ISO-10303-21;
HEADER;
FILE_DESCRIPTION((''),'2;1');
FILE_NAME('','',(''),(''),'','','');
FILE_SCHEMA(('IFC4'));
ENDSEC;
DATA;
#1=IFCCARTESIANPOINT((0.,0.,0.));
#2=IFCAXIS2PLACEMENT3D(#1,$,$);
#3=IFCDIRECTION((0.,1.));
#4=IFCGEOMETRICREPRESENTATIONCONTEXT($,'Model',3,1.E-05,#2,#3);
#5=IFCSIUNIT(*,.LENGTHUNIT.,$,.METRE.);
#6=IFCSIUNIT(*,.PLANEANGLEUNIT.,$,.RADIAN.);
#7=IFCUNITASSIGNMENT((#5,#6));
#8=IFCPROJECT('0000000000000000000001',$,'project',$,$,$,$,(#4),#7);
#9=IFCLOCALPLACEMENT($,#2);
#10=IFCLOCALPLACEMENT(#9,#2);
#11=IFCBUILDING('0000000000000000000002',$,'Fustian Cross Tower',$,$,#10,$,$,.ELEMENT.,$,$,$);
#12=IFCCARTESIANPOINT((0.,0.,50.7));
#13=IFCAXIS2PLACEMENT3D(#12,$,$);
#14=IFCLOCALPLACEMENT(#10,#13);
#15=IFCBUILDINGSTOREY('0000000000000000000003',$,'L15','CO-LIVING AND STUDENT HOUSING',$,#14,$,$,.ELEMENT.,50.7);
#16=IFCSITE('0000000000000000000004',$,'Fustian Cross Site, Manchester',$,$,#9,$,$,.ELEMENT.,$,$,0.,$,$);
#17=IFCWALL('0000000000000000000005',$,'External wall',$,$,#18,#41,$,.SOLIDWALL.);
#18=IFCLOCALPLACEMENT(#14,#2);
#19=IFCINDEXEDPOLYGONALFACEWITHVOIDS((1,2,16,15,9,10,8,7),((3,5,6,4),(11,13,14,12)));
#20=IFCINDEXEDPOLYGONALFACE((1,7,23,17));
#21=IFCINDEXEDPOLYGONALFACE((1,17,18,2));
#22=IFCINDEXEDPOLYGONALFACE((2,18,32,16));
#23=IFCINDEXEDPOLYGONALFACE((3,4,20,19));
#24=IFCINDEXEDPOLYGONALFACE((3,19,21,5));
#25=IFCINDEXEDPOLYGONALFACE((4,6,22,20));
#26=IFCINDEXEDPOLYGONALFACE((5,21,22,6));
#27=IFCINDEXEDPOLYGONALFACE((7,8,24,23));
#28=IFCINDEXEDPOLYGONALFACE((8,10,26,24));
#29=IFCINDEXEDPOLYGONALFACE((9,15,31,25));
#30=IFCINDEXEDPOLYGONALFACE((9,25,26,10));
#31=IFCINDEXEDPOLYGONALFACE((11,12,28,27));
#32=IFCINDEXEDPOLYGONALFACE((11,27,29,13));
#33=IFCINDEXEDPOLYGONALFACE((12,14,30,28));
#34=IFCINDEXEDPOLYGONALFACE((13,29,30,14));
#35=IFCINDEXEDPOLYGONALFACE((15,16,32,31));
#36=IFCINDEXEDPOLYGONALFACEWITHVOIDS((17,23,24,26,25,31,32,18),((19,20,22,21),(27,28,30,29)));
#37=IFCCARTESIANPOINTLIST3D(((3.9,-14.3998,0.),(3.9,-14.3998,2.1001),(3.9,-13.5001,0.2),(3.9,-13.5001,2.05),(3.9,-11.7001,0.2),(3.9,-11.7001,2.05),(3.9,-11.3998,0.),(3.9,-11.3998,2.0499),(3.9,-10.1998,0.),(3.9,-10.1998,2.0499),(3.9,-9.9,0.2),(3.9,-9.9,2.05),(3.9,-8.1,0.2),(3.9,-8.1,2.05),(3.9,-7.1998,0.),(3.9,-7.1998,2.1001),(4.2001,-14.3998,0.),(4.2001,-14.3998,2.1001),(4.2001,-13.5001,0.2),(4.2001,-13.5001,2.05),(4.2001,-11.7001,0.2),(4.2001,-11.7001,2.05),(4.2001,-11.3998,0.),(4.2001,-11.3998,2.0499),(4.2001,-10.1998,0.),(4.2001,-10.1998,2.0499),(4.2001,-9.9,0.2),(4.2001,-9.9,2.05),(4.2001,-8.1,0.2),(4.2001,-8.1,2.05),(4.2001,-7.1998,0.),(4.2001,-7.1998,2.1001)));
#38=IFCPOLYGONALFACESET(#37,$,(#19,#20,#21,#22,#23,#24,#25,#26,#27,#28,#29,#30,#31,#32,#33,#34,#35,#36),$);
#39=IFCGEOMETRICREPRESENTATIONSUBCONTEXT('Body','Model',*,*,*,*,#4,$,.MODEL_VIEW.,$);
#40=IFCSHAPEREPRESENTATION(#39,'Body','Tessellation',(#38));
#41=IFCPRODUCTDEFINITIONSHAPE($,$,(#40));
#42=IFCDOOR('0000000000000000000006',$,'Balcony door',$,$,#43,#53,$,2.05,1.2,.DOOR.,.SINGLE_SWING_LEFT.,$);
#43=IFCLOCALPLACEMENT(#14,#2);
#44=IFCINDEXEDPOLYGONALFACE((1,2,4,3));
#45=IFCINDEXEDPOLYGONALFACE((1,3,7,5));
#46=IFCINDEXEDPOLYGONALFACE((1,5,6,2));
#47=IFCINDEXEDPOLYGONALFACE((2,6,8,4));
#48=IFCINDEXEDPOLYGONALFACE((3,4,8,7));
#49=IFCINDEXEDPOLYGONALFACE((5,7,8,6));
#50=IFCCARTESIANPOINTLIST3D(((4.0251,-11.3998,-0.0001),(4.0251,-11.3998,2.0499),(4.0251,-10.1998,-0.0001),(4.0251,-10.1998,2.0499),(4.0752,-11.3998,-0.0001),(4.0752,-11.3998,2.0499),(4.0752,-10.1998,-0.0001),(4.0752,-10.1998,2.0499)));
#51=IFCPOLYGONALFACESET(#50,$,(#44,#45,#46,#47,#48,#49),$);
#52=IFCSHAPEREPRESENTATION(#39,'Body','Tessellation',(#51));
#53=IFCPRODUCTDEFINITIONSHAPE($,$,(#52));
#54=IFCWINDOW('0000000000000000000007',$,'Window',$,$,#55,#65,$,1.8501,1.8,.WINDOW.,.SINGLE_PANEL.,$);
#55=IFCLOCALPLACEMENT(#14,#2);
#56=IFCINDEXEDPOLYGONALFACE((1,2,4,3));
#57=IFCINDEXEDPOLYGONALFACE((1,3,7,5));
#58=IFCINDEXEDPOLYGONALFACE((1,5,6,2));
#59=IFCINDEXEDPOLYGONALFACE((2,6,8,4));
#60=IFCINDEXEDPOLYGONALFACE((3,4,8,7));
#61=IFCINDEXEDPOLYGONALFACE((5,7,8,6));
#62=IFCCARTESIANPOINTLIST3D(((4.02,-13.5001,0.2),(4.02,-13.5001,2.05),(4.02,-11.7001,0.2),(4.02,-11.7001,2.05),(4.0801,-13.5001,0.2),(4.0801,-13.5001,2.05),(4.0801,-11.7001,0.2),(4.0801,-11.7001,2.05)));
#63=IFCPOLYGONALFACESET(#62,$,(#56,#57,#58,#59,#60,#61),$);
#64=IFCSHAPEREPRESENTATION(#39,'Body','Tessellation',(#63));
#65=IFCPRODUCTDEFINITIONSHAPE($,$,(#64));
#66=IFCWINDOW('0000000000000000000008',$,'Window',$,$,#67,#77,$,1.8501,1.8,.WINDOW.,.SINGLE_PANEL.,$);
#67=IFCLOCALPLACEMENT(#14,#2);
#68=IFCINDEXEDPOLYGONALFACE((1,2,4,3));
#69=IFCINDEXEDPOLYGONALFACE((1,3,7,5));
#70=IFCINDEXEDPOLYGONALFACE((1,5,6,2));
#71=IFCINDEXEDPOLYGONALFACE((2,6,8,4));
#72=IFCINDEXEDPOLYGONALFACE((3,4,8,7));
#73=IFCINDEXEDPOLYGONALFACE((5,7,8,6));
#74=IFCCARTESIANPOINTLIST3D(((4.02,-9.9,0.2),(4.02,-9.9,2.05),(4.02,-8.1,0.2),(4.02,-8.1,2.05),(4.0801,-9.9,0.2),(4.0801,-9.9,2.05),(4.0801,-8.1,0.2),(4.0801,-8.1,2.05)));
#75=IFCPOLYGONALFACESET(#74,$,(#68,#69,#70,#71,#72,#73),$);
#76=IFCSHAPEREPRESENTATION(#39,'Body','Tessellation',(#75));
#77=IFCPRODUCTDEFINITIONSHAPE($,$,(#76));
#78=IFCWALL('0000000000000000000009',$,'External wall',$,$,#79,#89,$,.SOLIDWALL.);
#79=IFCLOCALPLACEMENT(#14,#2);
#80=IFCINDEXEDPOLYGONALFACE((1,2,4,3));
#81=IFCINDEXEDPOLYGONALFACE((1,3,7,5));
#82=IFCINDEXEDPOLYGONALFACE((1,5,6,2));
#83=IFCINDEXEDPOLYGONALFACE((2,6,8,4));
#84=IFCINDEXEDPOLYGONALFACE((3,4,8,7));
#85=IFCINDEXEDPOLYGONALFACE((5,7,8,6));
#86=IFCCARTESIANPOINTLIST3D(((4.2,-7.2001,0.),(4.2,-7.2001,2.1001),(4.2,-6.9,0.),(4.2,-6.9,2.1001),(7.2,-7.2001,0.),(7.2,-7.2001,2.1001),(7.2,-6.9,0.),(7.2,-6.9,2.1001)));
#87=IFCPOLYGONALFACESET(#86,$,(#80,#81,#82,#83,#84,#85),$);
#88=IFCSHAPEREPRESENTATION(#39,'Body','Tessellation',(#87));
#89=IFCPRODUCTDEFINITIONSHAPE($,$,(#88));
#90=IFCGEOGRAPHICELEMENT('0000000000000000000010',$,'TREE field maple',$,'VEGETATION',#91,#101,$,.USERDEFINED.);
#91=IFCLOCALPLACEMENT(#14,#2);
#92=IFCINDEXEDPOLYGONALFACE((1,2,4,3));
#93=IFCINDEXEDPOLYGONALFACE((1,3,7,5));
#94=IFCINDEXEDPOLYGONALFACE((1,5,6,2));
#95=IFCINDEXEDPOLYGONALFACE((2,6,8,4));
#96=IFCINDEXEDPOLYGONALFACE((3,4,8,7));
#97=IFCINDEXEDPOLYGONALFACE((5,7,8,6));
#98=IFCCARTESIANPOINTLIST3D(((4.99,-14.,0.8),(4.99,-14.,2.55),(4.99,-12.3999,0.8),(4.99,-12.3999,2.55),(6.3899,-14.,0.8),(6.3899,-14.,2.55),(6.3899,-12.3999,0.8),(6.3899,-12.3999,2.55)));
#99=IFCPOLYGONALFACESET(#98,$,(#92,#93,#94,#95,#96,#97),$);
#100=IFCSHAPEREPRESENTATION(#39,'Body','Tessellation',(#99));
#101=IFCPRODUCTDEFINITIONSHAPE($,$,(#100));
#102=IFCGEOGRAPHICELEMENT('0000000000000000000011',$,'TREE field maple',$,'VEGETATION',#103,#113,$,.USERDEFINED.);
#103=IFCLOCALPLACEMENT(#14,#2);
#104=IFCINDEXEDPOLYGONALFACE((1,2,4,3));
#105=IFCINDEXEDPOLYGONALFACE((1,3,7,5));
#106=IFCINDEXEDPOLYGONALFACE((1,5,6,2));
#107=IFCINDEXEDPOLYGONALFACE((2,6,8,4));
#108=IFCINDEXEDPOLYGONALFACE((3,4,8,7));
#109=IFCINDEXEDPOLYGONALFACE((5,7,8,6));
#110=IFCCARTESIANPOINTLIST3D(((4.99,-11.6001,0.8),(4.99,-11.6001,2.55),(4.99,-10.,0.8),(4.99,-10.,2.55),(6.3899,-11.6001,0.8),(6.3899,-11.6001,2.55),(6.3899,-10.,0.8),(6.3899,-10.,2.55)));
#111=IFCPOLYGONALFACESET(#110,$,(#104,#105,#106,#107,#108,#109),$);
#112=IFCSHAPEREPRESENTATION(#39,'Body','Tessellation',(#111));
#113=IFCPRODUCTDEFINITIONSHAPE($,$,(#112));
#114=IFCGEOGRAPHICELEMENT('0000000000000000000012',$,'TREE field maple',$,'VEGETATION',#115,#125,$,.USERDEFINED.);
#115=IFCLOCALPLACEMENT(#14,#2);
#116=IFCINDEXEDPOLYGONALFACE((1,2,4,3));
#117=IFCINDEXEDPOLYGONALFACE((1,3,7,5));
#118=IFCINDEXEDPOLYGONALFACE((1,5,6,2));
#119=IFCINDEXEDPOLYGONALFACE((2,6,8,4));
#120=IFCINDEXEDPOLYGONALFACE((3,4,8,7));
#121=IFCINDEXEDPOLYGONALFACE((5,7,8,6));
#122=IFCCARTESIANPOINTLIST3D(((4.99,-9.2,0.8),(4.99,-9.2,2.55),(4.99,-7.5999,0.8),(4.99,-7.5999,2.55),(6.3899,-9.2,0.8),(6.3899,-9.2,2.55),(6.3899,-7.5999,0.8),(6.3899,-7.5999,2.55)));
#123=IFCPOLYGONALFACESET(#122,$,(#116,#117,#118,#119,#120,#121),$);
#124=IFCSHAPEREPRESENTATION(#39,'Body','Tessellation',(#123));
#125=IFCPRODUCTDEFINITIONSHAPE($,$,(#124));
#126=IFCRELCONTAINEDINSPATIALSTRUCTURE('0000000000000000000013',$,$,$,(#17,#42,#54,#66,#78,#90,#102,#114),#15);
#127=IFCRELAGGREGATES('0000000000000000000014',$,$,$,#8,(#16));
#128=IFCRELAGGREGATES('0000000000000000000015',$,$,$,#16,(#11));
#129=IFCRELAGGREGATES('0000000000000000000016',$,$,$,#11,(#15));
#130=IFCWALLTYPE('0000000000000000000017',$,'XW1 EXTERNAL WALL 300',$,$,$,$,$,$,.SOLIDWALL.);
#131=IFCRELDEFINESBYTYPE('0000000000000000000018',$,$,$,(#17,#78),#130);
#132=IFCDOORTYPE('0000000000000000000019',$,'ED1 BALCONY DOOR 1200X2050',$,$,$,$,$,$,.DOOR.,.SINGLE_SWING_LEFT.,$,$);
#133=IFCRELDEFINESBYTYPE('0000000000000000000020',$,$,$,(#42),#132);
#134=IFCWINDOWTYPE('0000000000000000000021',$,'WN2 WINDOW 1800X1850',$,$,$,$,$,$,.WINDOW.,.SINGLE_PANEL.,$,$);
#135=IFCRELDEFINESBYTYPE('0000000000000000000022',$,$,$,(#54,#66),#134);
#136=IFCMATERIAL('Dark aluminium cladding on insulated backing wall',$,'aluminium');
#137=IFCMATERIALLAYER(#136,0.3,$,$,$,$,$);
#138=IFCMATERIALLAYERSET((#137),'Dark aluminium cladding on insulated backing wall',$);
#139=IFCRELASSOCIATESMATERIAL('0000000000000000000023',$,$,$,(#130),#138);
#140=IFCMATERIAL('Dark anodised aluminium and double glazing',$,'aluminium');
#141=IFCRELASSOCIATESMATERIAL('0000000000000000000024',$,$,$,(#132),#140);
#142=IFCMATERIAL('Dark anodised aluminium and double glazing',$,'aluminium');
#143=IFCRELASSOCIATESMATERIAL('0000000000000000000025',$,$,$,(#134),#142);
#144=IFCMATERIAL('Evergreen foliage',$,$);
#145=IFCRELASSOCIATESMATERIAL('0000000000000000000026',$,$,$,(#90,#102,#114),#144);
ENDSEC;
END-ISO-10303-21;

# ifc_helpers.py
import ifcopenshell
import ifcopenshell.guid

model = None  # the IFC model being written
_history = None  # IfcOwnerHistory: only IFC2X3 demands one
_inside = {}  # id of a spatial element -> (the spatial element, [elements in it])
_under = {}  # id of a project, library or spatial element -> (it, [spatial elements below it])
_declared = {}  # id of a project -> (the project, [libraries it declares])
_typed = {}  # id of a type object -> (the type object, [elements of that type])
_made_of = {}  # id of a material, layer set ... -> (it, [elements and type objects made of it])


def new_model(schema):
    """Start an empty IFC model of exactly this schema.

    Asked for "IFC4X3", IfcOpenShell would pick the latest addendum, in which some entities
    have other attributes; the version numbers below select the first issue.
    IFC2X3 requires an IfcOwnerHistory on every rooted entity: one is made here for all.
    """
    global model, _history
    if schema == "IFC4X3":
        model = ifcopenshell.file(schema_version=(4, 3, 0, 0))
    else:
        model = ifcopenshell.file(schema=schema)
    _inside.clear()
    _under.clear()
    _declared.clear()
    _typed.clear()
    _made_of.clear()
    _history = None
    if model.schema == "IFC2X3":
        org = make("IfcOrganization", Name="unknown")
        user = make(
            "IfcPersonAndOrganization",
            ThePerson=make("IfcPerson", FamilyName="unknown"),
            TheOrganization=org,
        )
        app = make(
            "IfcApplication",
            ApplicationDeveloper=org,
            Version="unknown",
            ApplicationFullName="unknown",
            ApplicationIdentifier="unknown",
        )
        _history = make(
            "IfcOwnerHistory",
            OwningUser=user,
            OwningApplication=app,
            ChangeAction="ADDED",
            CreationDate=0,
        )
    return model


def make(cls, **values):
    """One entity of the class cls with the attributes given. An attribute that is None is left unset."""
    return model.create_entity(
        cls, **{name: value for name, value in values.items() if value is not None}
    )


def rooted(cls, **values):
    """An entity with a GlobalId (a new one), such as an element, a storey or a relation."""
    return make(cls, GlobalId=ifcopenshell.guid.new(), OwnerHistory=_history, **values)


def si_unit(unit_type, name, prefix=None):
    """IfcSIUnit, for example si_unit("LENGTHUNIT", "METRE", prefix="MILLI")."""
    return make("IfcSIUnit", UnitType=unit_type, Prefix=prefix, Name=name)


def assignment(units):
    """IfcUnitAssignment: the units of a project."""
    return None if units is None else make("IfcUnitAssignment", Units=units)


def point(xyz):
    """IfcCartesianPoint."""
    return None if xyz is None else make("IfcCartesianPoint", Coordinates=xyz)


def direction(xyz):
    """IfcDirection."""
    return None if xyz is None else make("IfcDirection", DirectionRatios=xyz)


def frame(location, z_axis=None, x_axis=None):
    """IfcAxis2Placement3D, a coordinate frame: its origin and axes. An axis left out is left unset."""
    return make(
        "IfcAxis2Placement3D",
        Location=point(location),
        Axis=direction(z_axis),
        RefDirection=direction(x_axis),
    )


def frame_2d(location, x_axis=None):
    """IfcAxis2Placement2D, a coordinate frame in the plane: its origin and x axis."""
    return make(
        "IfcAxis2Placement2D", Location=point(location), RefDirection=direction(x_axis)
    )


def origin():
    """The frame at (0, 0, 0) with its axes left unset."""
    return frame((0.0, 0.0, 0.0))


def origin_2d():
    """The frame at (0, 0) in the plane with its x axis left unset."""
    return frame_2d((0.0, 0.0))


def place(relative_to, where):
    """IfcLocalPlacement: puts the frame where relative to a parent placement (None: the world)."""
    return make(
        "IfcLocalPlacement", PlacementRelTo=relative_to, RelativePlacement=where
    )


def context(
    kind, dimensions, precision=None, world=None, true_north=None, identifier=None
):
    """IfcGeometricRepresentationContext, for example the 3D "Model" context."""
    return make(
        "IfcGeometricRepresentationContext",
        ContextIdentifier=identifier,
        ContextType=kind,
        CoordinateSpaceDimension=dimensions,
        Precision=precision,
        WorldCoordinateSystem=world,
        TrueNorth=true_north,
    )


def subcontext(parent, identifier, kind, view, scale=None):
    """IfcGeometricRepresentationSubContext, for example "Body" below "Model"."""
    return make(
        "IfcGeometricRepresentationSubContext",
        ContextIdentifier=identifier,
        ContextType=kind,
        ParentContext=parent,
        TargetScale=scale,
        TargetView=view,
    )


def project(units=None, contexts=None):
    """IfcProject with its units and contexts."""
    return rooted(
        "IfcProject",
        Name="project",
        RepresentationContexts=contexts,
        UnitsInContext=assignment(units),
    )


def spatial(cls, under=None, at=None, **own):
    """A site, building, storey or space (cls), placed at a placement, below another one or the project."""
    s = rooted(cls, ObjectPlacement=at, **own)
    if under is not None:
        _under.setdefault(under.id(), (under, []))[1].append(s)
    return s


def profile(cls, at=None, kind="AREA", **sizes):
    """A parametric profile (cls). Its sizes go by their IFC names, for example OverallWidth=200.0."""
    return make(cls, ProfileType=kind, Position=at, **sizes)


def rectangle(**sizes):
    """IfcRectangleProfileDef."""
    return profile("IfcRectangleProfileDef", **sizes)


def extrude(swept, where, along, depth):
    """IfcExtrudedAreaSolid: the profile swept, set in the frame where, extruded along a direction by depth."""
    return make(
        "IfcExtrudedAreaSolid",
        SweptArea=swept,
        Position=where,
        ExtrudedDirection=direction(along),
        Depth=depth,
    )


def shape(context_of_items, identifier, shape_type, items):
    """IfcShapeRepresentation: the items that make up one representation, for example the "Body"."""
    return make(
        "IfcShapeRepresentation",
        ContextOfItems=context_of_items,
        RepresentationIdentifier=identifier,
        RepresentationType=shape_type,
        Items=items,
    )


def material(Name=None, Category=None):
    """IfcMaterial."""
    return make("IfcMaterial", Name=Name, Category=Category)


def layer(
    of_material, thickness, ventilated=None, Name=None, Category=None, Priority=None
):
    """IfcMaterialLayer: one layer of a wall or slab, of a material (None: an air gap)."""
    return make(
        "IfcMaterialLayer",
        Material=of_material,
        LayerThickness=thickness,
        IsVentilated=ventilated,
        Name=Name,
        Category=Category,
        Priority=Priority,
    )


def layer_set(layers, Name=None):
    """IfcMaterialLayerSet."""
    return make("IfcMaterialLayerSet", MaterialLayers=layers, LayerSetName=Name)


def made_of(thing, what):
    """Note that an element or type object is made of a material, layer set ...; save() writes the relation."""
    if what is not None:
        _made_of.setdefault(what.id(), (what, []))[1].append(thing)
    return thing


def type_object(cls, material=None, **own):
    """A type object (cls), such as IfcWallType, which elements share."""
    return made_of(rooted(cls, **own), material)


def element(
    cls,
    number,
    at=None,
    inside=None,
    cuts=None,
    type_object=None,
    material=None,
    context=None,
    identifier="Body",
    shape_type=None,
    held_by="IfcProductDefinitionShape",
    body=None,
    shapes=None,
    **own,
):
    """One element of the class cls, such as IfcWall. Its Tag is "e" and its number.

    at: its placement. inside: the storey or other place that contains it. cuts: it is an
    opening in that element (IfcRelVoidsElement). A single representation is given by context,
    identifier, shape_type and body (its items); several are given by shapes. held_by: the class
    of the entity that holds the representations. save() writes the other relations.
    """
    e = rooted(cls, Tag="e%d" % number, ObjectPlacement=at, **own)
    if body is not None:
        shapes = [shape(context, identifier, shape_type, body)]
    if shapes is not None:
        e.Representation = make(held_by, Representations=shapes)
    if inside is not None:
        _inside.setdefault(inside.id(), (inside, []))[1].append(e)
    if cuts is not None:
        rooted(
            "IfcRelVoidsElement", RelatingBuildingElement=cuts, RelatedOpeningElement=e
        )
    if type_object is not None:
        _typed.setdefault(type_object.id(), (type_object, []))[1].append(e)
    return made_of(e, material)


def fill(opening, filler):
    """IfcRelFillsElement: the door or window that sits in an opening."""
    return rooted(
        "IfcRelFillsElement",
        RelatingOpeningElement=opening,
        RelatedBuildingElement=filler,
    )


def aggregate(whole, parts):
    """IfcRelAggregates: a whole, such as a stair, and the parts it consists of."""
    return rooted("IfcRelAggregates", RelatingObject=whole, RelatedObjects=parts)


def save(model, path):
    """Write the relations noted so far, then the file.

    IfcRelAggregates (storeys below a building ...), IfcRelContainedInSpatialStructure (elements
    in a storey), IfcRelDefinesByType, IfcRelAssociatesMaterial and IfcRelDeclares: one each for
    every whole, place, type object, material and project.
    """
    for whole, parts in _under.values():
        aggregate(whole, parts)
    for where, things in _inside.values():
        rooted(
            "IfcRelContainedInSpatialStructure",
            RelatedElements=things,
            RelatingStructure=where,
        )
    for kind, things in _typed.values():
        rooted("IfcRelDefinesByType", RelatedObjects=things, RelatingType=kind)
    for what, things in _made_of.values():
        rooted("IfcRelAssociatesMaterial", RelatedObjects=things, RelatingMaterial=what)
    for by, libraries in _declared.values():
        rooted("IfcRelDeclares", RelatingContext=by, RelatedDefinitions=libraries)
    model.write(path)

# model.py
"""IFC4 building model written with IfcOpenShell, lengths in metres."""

from ifc_helpers import new_model, si_unit, direction, frame, frame_2d, origin, origin_2d, place, context, subcontext, project, spatial, rectangle, extrude, material, layer, layer_set, type_object, element, fill, save


model = new_model("IFC4")

# Units and contexts
model_context = context("Model", 3, precision=1e-05, world=origin(), true_north=direction((0.0, 1.0)))
body_context = subcontext(model_context, "Body", "Model", "MODEL_VIEW")
ifc_project = project(units=[si_unit("LENGTHUNIT", "METRE"), si_unit("PLANEANGLEUNIT", "RADIAN")], contexts=[model_context])

# Site, building, storey
site_placement = place(None, origin())
site = spatial("IfcSite", under=ifc_project, at=site_placement, Name="Fustian Cross Site, Manchester", CompositionType="ELEMENT", RefElevation=0.0)
building_placement = place(site_placement, origin())
building = spatial("IfcBuilding", under=site, at=building_placement, Name="Fustian Cross Tower", CompositionType="ELEMENT")
storey_placement = place(building_placement, frame((0.0, 0.0, 50.7)))
storey = spatial("IfcBuildingStorey", under=building, at=storey_placement, Name="L15", Description="CO-LIVING AND STUDENT HOUSING", CompositionType="ELEMENT", Elevation=50.7)

# Shared definitions
ifc_material_1 = material(Name="Dark aluminium cladding on insulated backing wall", Category="aluminium")
ifc_layer_1 = layer(ifc_material_1, 0.3)
ifc_layer_set_1 = layer_set([ifc_layer_1], Name="Dark aluminium cladding on insulated backing wall")
wall_type_1 = type_object("IfcWallType", Name="XW1 EXTERNAL WALL 300", PredefinedType="SOLIDWALL", material=ifc_layer_set_1)

# Wall, openings, door, windows
wall_1_placement = place(storey_placement, frame((4.05, -14.3999, 0.0), z_axis=(0.0, 0.0, 1.0), x_axis=(0.0, 1.0, 0.0)))
wall_1 = element("IfcWall", 1, at=wall_1_placement, inside=storey, type_object=wall_type_1, Name="External wall", PredefinedType="SOLIDWALL", context=body_context, shape_type="SweptSolid", body=[
    extrude(rectangle(XDim=7.2, YDim=0.3, at=frame_2d((3.6001, 0.0))), origin(), (0.0, 0.0, 1.0), 2.1001),
])
opening_1_placement = place(wall_1_placement, frame((3.0, 0.0, 0.0)))
opening_1 = element("IfcOpeningElement", 2, at=opening_1_placement, cuts=wall_1, PredefinedType="OPENING", context=body_context, shape_type="SweptSolid", body=[
    extrude(rectangle(XDim=1.2, YDim=2.05, at=frame_2d((0.6001, 1.0249))), frame((0.0, 0.1599, 0.0), z_axis=(0.0, -1.0, 0.0), x_axis=(1.0, 0.0, 0.0)), (0.0, 0.0, 1.0), 0.3201),
])
opening_2_placement = place(wall_1_placement, frame((0.8999, 0.0, 0.2)))
opening_2 = element("IfcOpeningElement", 3, at=opening_2_placement, cuts=wall_1, PredefinedType="OPENING", context=body_context, shape_type="SweptSolid", body=[
    extrude(rectangle(XDim=1.8, YDim=1.8501, at=frame_2d((0.8999, 0.925))), frame((0.0, 0.1599, 0.0), z_axis=(0.0, -1.0, 0.0), x_axis=(1.0, 0.0, 0.0)), (0.0, 0.0, 1.0), 0.3201),
])
opening_3_placement = place(wall_1_placement, frame((4.5, 0.0, 0.2)))
opening_3 = element("IfcOpeningElement", 4, at=opening_3_placement, cuts=wall_1, PredefinedType="OPENING", context=body_context, shape_type="SweptSolid", body=[
    extrude(rectangle(XDim=1.8, YDim=1.8501, at=frame_2d((0.8999, 0.925))), frame((0.0, 0.1599, 0.0), z_axis=(0.0, -1.0, 0.0), x_axis=(1.0, 0.0, 0.0)), (0.0, 0.0, 1.0), 0.3201),
])
ifc_material_2 = material(Name="Dark anodised aluminium and double glazing", Category="aluminium")
door_type_1 = type_object("IfcDoorType", Name="ED1 BALCONY DOOR 1200X2050", OperationType="SINGLE_SWING_LEFT", PredefinedType="DOOR", material=ifc_material_2)
door_1_placement = place(opening_1_placement, origin())
door_1 = element("IfcDoor", 5, at=door_1_placement, inside=storey, type_object=door_type_1, Name="Balcony door", OperationType="SINGLE_SWING_LEFT", OverallHeight=2.05, OverallWidth=1.2, PredefinedType="DOOR", context=body_context, shape_type="SweptSolid", body=[
    extrude(rectangle(XDim=1.2, YDim=2.05, at=frame_2d((0.6001, 1.0249))), frame((0.0, 0.0249, 0.0), z_axis=(0.0, -1.0, 0.0), x_axis=(1.0, 0.0, 0.0)), (0.0, 0.0, 1.0), 0.05),
])
fill(opening_1, door_1)
ifc_material_3 = material(Name="Dark anodised aluminium and double glazing", Category="aluminium")
window_type = type_object("IfcWindowType", Name="WN2 WINDOW 1800X1850", PartitioningType="SINGLE_PANEL", PredefinedType="WINDOW", material=ifc_material_3)
window_1_placement = place(opening_2_placement, origin())
window_1 = element("IfcWindow", 6, at=window_1_placement, inside=storey, type_object=window_type, Name="Window", OverallHeight=1.8501, OverallWidth=1.8, PartitioningType="SINGLE_PANEL", PredefinedType="WINDOW", context=body_context, shape_type="SweptSolid", body=[
    extrude(rectangle(XDim=1.8, YDim=1.8501, at=frame_2d((0.8999, 0.925))), frame((0.0, 0.03, 0.0), z_axis=(0.0, -1.0, 0.0), x_axis=(1.0, 0.0, 0.0)), (0.0, 0.0, 1.0), 0.0601),
])
fill(opening_2, window_1)
window_2_placement = place(opening_3_placement, origin())
window_2 = element("IfcWindow", 7, at=window_2_placement, inside=storey, type_object=window_type, Name="Window", OverallHeight=1.8501, OverallWidth=1.8, PartitioningType="SINGLE_PANEL", PredefinedType="WINDOW", context=body_context, shape_type="SweptSolid", body=[
    extrude(rectangle(XDim=1.8, YDim=1.8501, at=frame_2d((0.8999, 0.925))), frame((0.0, 0.03, 0.0), z_axis=(0.0, -1.0, 0.0), x_axis=(1.0, 0.0, 0.0)), (0.0, 0.0, 1.0), 0.0601),
])
fill(opening_3, window_2)

# Wall
wall_2_placement = place(storey_placement, frame((4.2, -7.05, 0.0), z_axis=(0.0, 0.0, 1.0), x_axis=(1.0, 0.0, 0.0)))
element("IfcWall", 8, at=wall_2_placement, inside=storey, type_object=wall_type_1, Name="External wall", PredefinedType="SOLIDWALL", context=body_context, shape_type="SweptSolid", body=[
    extrude(rectangle(XDim=3.0, YDim=0.3, at=frame_2d((1.5, 0.0))), origin(), (0.0, 0.0, 1.0), 2.1001),
])

# Geographic elements
ifc_material_4 = material(Name="Evergreen foliage")
for number, where, z_axis, x_axis, name in (
    (9, (5.6899, -13.2, 0.8), (0.0, 0.0, 1.0), (1.0, 0.0, 0.0), "TREE field maple"),
    (10, (5.6899, -10.8, 0.8), (0.0, 0.0, 1.0), (1.0, 0.0, 0.0), "TREE field maple"),
    (11, (5.6899, -8.3999, 0.8), (0.0, 0.0, 1.0), (1.0, 0.0, 0.0), "TREE field maple"),
):
    element("IfcGeographicElement", number, at=place(storey_placement, frame(where, z_axis=z_axis, x_axis=x_axis)), inside=storey, material=ifc_material_4, Name=name, ObjectType="VEGETATION", PredefinedType="USERDEFINED", context=body_context, shape_type="SweptSolid", body=[
        extrude(rectangle(XDim=1.3999, YDim=1.6001, at=origin_2d()), origin(), (0.0, 0.0, 1.0), 1.75),
    ])

save(model, "model.ifc")
